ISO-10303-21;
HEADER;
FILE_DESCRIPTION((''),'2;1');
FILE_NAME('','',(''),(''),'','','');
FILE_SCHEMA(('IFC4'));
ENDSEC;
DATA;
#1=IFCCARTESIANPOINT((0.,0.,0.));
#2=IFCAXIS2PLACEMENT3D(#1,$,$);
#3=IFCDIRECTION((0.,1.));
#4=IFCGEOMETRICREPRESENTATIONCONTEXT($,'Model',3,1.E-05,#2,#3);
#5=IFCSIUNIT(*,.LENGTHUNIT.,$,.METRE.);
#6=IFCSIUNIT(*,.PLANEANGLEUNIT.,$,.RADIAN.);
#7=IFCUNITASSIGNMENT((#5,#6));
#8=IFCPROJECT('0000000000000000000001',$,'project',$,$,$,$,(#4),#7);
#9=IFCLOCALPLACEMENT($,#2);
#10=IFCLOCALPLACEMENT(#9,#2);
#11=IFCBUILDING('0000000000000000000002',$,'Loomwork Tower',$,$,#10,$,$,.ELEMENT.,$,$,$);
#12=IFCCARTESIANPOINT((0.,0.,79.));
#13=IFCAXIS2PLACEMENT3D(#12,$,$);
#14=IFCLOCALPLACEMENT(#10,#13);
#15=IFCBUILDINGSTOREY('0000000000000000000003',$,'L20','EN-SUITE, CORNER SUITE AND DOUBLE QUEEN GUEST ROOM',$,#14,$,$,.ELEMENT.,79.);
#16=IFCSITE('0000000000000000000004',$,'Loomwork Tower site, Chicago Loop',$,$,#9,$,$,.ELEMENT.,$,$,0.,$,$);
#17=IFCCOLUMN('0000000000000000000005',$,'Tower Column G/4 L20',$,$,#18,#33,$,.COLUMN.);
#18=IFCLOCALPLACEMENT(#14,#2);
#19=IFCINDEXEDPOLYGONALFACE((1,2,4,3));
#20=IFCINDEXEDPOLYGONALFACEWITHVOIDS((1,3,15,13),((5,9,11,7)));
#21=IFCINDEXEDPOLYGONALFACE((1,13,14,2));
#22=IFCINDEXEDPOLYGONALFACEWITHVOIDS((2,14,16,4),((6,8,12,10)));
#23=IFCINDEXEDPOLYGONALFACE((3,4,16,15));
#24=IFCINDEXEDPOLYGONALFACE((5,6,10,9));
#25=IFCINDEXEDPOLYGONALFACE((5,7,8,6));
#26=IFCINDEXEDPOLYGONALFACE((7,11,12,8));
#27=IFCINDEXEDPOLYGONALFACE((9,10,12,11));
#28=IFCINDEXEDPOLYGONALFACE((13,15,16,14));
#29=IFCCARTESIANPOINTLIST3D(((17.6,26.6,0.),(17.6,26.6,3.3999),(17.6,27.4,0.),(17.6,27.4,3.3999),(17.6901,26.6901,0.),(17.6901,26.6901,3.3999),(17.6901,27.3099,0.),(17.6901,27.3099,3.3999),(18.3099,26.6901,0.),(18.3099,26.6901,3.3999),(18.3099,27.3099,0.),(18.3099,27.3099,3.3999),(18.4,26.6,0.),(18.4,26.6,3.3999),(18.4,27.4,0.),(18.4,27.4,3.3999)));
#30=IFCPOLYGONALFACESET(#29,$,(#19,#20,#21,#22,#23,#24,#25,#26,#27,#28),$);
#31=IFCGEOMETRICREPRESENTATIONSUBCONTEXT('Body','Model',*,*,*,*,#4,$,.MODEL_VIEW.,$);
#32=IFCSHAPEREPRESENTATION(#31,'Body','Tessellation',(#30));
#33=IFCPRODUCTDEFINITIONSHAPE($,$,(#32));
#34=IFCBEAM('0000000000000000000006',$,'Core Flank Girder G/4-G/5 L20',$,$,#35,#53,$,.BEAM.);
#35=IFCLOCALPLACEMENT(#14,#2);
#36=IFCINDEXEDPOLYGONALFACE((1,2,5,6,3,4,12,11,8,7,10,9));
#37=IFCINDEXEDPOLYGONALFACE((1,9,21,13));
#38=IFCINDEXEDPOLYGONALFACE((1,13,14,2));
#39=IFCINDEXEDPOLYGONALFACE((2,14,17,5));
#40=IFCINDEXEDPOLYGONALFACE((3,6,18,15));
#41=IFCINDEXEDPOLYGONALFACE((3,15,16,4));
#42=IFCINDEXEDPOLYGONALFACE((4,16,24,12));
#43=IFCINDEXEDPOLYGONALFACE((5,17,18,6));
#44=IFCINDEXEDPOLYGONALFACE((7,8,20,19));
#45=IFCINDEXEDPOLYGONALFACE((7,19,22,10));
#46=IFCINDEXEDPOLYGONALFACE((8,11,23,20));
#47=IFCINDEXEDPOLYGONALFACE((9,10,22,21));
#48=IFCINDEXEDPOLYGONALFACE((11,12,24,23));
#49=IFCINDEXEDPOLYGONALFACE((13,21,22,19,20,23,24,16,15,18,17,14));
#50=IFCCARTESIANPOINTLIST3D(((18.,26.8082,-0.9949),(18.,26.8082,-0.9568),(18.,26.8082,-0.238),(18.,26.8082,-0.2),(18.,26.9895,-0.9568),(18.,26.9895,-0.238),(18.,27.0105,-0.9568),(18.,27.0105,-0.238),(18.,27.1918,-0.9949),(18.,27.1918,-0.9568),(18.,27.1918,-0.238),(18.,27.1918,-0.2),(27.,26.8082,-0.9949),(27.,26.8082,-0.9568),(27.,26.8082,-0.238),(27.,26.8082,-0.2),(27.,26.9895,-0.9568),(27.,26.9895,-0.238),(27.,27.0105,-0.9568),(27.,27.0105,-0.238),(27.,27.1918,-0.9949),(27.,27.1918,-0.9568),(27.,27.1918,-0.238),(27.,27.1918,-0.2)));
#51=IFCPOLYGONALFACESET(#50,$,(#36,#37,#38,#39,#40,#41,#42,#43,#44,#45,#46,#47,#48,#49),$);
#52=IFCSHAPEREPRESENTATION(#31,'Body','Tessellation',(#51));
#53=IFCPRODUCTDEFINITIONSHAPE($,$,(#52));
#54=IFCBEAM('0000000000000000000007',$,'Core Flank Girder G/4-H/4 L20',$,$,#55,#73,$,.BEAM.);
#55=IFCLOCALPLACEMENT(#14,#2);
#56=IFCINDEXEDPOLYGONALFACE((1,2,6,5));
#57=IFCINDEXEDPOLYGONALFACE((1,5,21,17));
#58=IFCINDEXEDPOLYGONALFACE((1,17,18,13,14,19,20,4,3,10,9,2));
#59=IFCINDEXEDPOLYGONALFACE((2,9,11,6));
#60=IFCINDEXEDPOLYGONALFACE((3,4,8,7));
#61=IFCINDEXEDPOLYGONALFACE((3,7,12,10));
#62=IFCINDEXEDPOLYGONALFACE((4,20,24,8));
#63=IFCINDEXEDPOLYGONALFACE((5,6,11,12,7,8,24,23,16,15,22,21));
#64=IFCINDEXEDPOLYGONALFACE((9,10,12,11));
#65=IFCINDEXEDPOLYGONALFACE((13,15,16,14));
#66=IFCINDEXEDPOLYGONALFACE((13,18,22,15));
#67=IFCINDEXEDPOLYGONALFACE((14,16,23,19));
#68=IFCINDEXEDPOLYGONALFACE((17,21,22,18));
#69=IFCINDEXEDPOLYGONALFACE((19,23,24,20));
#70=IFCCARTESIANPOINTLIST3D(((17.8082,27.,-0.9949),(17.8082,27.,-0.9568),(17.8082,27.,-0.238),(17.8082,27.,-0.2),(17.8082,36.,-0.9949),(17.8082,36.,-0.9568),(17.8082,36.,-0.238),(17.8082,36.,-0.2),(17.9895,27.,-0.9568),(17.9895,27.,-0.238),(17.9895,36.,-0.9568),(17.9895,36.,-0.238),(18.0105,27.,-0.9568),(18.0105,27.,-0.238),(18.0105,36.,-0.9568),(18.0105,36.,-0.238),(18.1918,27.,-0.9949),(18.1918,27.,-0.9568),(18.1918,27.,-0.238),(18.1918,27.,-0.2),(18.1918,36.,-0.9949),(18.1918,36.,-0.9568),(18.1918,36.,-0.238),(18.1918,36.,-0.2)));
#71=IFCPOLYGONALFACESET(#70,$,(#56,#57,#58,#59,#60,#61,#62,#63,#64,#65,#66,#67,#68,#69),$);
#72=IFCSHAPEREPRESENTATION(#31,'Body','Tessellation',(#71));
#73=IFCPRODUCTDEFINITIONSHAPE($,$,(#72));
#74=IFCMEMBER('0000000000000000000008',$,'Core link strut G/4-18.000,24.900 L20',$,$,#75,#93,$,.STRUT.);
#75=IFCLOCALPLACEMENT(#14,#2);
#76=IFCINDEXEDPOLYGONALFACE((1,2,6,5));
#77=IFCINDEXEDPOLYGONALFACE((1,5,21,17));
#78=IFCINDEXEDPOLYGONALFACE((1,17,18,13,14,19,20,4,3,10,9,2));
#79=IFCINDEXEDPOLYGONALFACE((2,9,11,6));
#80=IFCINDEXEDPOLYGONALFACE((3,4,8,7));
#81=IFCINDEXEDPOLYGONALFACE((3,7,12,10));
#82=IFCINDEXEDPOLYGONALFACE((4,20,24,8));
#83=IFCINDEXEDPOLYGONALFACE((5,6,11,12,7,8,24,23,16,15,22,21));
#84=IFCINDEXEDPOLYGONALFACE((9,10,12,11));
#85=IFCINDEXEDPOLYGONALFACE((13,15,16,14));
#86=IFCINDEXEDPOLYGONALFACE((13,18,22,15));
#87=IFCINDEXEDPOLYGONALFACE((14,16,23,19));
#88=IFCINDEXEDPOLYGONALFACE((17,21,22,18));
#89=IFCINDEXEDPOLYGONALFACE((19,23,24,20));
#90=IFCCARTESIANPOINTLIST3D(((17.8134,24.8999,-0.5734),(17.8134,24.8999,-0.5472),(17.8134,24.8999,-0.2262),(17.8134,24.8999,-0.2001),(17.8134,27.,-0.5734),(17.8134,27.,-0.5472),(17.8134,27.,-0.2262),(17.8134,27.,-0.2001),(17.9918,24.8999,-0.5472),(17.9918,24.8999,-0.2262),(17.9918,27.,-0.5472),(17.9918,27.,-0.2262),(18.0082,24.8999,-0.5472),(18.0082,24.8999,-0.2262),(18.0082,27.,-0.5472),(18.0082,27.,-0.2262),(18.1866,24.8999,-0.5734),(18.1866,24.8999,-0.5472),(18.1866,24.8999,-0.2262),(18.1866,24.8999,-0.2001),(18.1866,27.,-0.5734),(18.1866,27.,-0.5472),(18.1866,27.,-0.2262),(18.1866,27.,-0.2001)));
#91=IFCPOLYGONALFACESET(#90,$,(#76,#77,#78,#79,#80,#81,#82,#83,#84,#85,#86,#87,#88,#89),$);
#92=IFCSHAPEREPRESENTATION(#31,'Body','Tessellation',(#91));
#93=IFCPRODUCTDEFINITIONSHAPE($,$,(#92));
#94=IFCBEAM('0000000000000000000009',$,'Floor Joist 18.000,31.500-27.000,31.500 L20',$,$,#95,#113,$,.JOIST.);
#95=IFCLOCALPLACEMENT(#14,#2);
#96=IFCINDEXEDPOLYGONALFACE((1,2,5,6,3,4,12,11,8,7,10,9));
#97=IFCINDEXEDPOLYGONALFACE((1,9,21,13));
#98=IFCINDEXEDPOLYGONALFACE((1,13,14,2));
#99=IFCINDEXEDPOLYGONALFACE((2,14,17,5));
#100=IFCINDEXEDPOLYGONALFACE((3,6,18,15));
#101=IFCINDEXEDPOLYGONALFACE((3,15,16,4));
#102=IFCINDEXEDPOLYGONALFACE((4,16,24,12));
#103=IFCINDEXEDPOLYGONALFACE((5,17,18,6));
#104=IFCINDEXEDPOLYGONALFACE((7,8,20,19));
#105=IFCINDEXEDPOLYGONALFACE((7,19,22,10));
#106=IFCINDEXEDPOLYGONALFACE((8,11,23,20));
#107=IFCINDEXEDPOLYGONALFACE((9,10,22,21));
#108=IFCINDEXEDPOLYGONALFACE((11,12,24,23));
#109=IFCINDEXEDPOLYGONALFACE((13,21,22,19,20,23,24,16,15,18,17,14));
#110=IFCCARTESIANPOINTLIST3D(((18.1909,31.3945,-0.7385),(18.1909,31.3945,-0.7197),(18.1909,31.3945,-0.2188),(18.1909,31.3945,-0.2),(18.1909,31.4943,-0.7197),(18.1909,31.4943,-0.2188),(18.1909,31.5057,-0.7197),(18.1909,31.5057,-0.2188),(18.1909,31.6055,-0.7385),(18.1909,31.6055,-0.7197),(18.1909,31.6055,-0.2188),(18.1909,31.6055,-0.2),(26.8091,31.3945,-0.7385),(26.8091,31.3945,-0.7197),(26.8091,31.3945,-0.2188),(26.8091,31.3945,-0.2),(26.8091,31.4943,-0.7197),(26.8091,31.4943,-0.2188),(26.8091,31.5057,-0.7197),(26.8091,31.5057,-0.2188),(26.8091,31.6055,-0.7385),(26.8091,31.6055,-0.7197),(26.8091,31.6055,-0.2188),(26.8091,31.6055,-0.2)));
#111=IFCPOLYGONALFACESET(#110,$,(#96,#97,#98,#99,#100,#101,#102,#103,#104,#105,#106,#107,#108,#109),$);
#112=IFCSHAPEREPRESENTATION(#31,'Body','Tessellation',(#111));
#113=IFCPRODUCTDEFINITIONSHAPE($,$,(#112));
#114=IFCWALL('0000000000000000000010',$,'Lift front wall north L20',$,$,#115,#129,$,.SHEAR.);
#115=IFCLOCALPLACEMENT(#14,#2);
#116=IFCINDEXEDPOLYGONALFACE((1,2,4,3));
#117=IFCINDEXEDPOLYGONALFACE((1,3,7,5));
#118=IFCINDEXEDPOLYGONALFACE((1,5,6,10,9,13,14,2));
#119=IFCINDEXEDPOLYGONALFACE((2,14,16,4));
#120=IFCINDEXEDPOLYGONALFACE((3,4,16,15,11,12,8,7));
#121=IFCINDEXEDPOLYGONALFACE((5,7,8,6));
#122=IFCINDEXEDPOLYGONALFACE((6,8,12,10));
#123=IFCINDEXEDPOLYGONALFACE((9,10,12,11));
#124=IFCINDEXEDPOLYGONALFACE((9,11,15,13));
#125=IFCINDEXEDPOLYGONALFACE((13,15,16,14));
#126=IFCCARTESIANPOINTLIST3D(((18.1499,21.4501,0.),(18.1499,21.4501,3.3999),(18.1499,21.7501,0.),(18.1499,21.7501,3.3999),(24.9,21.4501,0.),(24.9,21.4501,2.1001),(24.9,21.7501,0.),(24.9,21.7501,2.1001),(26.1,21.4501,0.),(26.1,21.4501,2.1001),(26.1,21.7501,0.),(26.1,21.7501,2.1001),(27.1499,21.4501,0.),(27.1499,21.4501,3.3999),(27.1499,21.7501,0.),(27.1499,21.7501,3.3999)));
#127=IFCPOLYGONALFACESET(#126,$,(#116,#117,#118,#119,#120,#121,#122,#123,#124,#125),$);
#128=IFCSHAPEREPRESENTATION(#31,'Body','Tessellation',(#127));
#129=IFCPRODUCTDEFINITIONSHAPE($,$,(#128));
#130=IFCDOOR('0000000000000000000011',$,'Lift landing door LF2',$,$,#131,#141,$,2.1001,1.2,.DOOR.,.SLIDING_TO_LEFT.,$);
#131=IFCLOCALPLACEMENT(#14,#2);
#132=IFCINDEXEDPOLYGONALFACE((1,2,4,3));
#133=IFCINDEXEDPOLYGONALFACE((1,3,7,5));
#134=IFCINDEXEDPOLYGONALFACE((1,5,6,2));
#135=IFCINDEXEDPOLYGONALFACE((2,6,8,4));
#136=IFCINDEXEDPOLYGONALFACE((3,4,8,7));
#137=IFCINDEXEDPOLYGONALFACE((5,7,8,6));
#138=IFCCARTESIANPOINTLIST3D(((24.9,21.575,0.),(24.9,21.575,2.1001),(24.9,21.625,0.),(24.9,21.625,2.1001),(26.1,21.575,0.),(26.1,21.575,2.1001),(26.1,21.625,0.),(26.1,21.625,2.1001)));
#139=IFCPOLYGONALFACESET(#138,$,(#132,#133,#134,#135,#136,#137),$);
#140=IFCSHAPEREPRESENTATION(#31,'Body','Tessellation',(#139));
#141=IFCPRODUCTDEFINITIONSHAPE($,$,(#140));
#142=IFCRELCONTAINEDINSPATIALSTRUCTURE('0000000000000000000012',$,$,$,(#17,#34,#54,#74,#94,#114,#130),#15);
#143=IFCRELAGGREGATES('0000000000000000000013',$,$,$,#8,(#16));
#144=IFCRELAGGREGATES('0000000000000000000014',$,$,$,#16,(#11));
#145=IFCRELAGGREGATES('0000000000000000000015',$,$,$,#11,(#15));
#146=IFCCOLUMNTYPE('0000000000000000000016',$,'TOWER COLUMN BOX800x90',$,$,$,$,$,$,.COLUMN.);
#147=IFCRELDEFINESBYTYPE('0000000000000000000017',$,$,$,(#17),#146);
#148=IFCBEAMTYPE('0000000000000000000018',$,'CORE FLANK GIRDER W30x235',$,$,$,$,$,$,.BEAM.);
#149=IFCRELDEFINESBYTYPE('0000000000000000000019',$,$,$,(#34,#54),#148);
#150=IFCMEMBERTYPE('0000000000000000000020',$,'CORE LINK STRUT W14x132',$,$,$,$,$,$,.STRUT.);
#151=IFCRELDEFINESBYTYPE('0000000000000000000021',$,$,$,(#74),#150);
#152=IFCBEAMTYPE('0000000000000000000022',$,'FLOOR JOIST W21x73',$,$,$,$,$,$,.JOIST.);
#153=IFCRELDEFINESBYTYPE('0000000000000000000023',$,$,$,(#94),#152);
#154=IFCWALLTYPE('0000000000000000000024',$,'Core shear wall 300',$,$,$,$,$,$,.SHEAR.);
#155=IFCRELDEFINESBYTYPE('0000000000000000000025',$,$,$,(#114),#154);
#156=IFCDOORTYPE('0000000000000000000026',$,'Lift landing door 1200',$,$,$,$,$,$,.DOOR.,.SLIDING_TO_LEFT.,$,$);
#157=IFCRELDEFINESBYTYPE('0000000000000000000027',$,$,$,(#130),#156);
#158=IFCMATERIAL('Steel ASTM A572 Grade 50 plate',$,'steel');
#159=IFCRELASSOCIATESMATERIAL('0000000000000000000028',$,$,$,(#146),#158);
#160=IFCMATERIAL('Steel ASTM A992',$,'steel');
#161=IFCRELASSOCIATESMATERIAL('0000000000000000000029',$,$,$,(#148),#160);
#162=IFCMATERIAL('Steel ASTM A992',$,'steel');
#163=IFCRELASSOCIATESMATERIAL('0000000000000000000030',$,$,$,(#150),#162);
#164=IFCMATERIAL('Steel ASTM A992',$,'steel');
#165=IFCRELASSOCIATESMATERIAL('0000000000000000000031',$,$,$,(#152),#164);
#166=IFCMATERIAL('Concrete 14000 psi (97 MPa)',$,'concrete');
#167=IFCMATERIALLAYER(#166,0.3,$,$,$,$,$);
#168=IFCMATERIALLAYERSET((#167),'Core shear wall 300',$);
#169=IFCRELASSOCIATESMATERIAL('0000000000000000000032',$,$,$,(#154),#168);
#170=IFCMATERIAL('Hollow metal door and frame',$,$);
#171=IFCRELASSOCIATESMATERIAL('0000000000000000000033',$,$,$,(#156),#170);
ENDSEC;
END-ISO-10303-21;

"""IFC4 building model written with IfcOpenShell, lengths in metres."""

from ifc_helpers import new_model, si_unit, direction, frame, frame_2d, origin, origin_2d, place, context, subcontext, project, spatial, rectangle, hollow_rectangle, i_section, extrude, material, layer, layer_set, material_profile, profile_set, type_object, element, fill, save


model = new_model("IFC4")

# Units and contexts
model_context = context("Model", 3, precision=1e-05, world=origin(), true_north=direction((0.0, 1.0)))
body_context = subcontext(model_context, "Body", "Model", "MODEL_VIEW")
ifc_project = project(units=[si_unit("LENGTHUNIT", "METRE"), si_unit("PLANEANGLEUNIT", "RADIAN")], contexts=[model_context])

# Site, building, storey
site_placement = place(None, origin())
site = spatial("IfcSite", under=ifc_project, at=site_placement, Name="Loomwork Tower site, Chicago Loop", CompositionType="ELEMENT", RefElevation=0.0)
building_placement = place(site_placement, origin())
building = spatial("IfcBuilding", under=site, at=building_placement, Name="Loomwork Tower", CompositionType="ELEMENT")
storey_placement = place(building_placement, frame((0.0, 0.0, 79.0)))
storey = spatial("IfcBuildingStorey", under=building, at=storey_placement, Name="L20", Description="EN-SUITE, CORNER SUITE AND DOUBLE QUEEN GUEST ROOM", CompositionType="ELEMENT", Elevation=79.0)

# Column
ifc_material_1 = material(Name="Steel ASTM A572 Grade 50 plate", Category="steel")
ifc_material_profile_1 = material_profile(ifc_material_1, hollow_rectangle(XDim=0.8, YDim=0.8, WallThickness=0.0901, at=origin_2d()), Name="BOX800x90")
ifc_profile_set_1 = profile_set([ifc_material_profile_1], Name="Steel ASTM A572 Grade 50 plate")
column_type = type_object("IfcColumnType", Name="TOWER COLUMN BOX800x90", PredefinedType="COLUMN", material=ifc_profile_set_1)
column_placement = place(storey_placement, frame((18.0, 27.0, 0.0), z_axis=(0.0, 0.0, 1.0), x_axis=(1.0, 0.0, 0.0)))
element("IfcColumn", 1, at=column_placement, inside=storey, type_object=column_type, Name="Tower Column G/4 L20", PredefinedType="COLUMN", context=body_context, shape_type="SweptSolid", body=[
    extrude(hollow_rectangle(XDim=0.8, YDim=0.8, WallThickness=0.0901, at=origin_2d()), origin(), (0.0, 0.0, 1.0), 3.3999),
])

# Beams
ifc_material_2 = material(Name="Steel ASTM A992", Category="steel")
ifc_material_profile_2 = material_profile(ifc_material_2, i_section(OverallWidth=0.3835, OverallDepth=0.7949, WebThickness=0.021, FlangeThickness=0.0381, at=origin_2d()), Name="W30x235")
ifc_profile_set_2 = profile_set([ifc_material_profile_2], Name="Steel ASTM A992")
beam_type_1 = type_object("IfcBeamType", Name="CORE FLANK GIRDER W30x235", PredefinedType="BEAM", material=ifc_profile_set_2)
for number, where, z_axis, x_axis, name in (
    (2, (18.0, 27.0, -0.5974), (1.0, 0.0, 0.0), (0.0, 1.0, 0.0), "Core Flank Girder G/4-G/5 L20"),
    (3, (18.0, 27.0, -0.5974), (0.0, 1.0, 0.0), (-1.0, 0.0, 0.0), "Core Flank Girder G/4-H/4 L20"),
):
    element("IfcBeam", number, at=place(storey_placement, frame(where, z_axis=z_axis, x_axis=x_axis)), inside=storey, type_object=beam_type_1, Name=name, PredefinedType="BEAM", context=body_context, shape_type="SweptSolid", body=[
        extrude(i_section(OverallWidth=0.3835, OverallDepth=0.7949, WebThickness=0.021, FlangeThickness=0.0381, at=origin_2d()), origin(), (0.0, 0.0, 1.0), 9.0),
    ])

# Member
ifc_material_3 = material(Name="Steel ASTM A992", Category="steel")
ifc_material_profile_3 = material_profile(ifc_material_3, i_section(OverallWidth=0.3733, OverallDepth=0.3733, WebThickness=0.0164, FlangeThickness=0.0261, at=origin_2d()), Name="W14x132")
ifc_profile_set_3 = profile_set([ifc_material_profile_3], Name="Steel ASTM A992")
member_type = type_object("IfcMemberType", Name="CORE LINK STRUT W14x132", PredefinedType="STRUT", material=ifc_profile_set_3)
member_placement = place(storey_placement, frame((18.0, 27.0, -0.3867), z_axis=(0.0, -1.0, 0.0), x_axis=(1.0, 0.0, 0.0)))
element("IfcMember", 4, at=member_placement, inside=storey, type_object=member_type, Name="Core link strut G/4-18.000,24.900 L20", PredefinedType="STRUT", context=body_context, shape_type="SweptSolid", body=[
    extrude(i_section(OverallWidth=0.3733, OverallDepth=0.3733, WebThickness=0.0164, FlangeThickness=0.0261, at=origin_2d()), origin(), (0.0, 0.0, 1.0), 2.1001),
])

# Beam
ifc_material_4 = material(Name="Steel ASTM A992", Category="steel")
ifc_material_profile_4 = material_profile(ifc_material_4, i_section(OverallWidth=0.2109, OverallDepth=0.5386, WebThickness=0.0115, FlangeThickness=0.0188, at=origin_2d()), Name="W21x73")
ifc_profile_set_4 = profile_set([ifc_material_profile_4], Name="Steel ASTM A992")
beam_type_2 = type_object("IfcBeamType", Name="FLOOR JOIST W21x73", PredefinedType="JOIST", material=ifc_profile_set_4)
beam_placement = place(storey_placement, frame((18.1909, 31.5, -0.4692), z_axis=(1.0, 0.0, 0.0), x_axis=(0.0, 1.0, 0.0)))
element("IfcBeam", 5, at=beam_placement, inside=storey, type_object=beam_type_2, Name="Floor Joist 18.000,31.500-27.000,31.500 L20", PredefinedType="JOIST", context=body_context, shape_type="SweptSolid", body=[
    extrude(i_section(OverallWidth=0.2109, OverallDepth=0.5386, WebThickness=0.0115, FlangeThickness=0.0188, at=origin_2d()), origin(), (0.0, 0.0, 1.0), 8.6182),
])

# Wall, opening, door
ifc_material_5 = material(Name="Concrete 14000 psi (97 MPa)", Category="concrete")
ifc_layer_1 = layer(ifc_material_5, 0.3)
ifc_layer_set_1 = layer_set([ifc_layer_1], Name="Core shear wall 300")
wall_type_1 = type_object("IfcWallType", Name="Core shear wall 300", PredefinedType="SHEAR", material=ifc_layer_set_1)
wall_1_placement = place(storey_placement, frame((18.1499, 21.6001, 0.0), z_axis=(0.0, 0.0, 1.0), x_axis=(1.0, 0.0, 0.0)))
wall_1 = element("IfcWall", 6, at=wall_1_placement, inside=storey, type_object=wall_type_1, Name="Lift front wall north L20", PredefinedType="SHEAR", context=body_context, shape_type="SweptSolid", body=[
    extrude(rectangle(XDim=9.0, YDim=0.3, at=frame_2d((4.5, 0.0))), origin(), (0.0, 0.0, 1.0), 3.3999),
])
opening_1_placement = place(wall_1_placement, frame((6.75, 0.0, 0.0)))
opening_1 = element("IfcOpeningElement", 7, at=opening_1_placement, cuts=wall_1, PredefinedType="OPENING", context=body_context, shape_type="SweptSolid", body=[
    extrude(rectangle(XDim=1.2, YDim=2.1001, at=frame_2d((0.6001, 1.05))), frame((0.0, 0.1599, 0.0), z_axis=(0.0, -1.0, 0.0), x_axis=(1.0, 0.0, 0.0)), (0.0, 0.0, 1.0), 0.3201),
])
ifc_material_6 = material(Name="Hollow metal door and frame")
door_type_1 = type_object("IfcDoorType", Name="Lift landing door 1200", OperationType="SLIDING_TO_LEFT", PredefinedType="DOOR", material=ifc_material_6)
door_1_placement = place(opening_1_placement, origin())
door_1 = element("IfcDoor", 8, at=door_1_placement, inside=storey, type_object=door_type_1, Name="Lift landing door LF2", OperationType="SLIDING_TO_LEFT", OverallHeight=2.1001, OverallWidth=1.2, PredefinedType="DOOR", context=body_context, shape_type="SweptSolid", body=[
    extrude(rectangle(XDim=1.2, YDim=2.1001, at=frame_2d((0.6001, 1.05))), frame((0.0, 0.0249, 0.0), z_axis=(0.0, -1.0, 0.0), x_axis=(1.0, 0.0, 0.0)), (0.0, 0.0, 1.0), 0.05),
])
fill(opening_1, door_1)

save(model, "model.ifc")
